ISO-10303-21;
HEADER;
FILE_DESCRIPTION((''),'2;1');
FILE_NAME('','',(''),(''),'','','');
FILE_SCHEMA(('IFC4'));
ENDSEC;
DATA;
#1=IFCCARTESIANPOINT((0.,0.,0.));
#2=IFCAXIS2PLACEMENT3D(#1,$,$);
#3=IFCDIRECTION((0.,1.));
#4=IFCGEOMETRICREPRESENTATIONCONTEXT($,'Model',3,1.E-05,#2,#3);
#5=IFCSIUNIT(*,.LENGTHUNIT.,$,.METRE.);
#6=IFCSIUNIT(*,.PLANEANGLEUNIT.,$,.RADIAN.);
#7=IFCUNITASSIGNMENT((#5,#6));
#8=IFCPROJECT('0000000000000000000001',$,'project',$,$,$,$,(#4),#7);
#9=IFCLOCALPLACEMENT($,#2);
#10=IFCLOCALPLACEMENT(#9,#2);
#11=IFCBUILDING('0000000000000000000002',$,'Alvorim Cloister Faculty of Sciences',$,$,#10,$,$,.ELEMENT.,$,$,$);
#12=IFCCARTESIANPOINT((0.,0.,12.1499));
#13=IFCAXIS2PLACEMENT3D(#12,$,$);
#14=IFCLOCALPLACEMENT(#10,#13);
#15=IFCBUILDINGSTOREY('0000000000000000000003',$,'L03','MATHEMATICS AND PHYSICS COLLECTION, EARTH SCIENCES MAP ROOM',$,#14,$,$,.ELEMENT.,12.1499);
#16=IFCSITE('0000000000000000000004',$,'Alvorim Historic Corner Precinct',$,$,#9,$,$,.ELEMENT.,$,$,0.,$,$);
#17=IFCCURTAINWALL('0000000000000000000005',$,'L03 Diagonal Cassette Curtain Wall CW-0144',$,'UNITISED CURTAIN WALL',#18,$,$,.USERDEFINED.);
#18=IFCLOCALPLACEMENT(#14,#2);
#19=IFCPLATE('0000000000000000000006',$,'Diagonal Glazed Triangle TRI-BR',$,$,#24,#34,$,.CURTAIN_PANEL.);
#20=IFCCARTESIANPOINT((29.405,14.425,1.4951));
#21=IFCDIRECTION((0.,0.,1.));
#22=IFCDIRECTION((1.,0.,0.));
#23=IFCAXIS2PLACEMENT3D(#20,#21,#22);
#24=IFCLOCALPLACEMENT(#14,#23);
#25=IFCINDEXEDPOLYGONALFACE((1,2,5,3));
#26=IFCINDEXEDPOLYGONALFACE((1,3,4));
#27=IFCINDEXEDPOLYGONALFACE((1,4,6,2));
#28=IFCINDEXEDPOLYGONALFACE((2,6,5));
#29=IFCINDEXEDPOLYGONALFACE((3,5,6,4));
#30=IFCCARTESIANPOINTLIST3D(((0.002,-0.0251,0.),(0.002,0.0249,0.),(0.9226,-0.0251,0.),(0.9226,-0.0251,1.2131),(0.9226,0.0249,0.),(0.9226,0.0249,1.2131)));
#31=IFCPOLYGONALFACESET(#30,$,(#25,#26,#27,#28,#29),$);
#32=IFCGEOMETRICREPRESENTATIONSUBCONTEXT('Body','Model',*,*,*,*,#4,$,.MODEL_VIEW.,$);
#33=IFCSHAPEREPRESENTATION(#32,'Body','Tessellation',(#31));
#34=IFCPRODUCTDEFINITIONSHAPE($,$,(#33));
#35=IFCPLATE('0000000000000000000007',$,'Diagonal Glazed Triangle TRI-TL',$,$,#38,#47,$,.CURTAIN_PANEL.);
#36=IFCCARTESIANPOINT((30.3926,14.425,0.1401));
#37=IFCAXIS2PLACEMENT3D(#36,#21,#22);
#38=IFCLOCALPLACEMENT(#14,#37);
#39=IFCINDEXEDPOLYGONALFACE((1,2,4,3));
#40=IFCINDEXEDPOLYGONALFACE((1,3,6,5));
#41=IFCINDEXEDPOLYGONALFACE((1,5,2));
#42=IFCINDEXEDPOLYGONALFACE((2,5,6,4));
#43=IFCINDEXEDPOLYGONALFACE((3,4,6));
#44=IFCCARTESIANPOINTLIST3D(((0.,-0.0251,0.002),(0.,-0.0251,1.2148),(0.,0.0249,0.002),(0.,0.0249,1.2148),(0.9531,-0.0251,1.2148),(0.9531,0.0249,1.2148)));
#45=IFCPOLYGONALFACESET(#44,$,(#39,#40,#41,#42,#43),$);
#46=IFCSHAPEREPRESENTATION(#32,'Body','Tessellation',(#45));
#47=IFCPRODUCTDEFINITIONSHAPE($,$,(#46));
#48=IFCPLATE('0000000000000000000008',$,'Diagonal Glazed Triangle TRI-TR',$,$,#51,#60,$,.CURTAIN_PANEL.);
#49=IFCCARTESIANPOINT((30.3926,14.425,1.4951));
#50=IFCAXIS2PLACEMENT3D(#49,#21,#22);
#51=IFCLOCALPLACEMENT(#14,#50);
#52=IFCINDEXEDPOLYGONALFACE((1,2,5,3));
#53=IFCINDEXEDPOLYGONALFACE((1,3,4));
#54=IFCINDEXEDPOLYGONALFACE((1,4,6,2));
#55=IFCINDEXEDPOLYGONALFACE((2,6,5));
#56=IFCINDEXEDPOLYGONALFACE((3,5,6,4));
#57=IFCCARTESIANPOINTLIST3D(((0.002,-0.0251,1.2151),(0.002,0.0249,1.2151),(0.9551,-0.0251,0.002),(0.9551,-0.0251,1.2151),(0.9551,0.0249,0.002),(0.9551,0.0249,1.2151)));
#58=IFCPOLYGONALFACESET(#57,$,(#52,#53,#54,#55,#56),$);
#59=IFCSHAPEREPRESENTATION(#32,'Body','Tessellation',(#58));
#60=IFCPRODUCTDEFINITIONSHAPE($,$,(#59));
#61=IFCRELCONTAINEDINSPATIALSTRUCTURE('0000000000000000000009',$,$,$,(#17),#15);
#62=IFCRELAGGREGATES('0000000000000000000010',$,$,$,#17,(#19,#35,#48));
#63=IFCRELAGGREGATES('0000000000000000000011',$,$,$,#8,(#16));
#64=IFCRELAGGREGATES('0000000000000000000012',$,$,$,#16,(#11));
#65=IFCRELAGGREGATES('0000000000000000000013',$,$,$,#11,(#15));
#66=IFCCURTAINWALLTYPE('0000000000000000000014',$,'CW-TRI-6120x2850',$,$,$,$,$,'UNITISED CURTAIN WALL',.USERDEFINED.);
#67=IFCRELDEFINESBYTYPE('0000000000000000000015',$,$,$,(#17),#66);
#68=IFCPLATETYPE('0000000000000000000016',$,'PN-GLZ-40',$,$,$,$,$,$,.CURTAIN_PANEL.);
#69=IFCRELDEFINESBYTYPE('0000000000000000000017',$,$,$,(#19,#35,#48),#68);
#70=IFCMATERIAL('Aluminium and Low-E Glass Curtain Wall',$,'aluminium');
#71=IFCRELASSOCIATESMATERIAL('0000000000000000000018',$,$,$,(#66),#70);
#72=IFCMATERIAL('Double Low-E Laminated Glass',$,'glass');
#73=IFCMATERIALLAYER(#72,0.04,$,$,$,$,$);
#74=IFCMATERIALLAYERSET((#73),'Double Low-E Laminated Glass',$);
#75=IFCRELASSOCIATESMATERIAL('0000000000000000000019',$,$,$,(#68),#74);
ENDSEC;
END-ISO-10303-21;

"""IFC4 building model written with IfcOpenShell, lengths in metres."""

from ifc_helpers import new_model, si_unit, direction, frame, origin, place, context, subcontext, project, spatial, polyline, outline, extrude, material, layer, layer_set, type_object, element, aggregate, save


model = new_model("IFC4")

# Units and contexts
model_context = context("Model", 3, precision=1e-05, world=origin(), true_north=direction((0.0, 1.0)))
body_context = subcontext(model_context, "Body", "Model", "MODEL_VIEW")
ifc_project = project(units=[si_unit("LENGTHUNIT", "METRE"), si_unit("PLANEANGLEUNIT", "RADIAN")], contexts=[model_context])

# Site, building, storey
site_placement = place(None, origin())
site = spatial("IfcSite", under=ifc_project, at=site_placement, Name="Alvorim Historic Corner Precinct", CompositionType="ELEMENT", RefElevation=0.0)
building_placement = place(site_placement, origin())
building = spatial("IfcBuilding", under=site, at=building_placement, Name="Alvorim Cloister Faculty of Sciences", CompositionType="ELEMENT")
storey_placement = place(building_placement, frame((0.0, 0.0, 12.1499)))
storey = spatial("IfcBuildingStorey", under=building, at=storey_placement, Name="L03", Description="MATHEMATICS AND PHYSICS COLLECTION, EARTH SCIENCES MAP ROOM", CompositionType="ELEMENT", Elevation=12.1499)

# Curtain wall, plates
ifc_material_1 = material(Name="Aluminium and Low-E Glass Curtain Wall", Category="aluminium")
curtain_wall_type = type_object("IfcCurtainWallType", Name="CW-TRI-6120x2850", ElementType="UNITISED CURTAIN WALL", PredefinedType="USERDEFINED", material=ifc_material_1)
curtain_wall_placement = place(storey_placement, origin())
curtain_wall = element("IfcCurtainWall", 1, at=curtain_wall_placement, inside=storey, type_object=curtain_wall_type, Name="L03 Diagonal Cassette Curtain Wall CW-0144", ObjectType="UNITISED CURTAIN WALL", PredefinedType="USERDEFINED")
ifc_material_2 = material(Name="Double Low-E Laminated Glass", Category="glass")
ifc_layer_1 = layer(ifc_material_2, 0.04)
ifc_layer_set_1 = layer_set([ifc_layer_1], Name="Double Low-E Laminated Glass")
plate_type = type_object("IfcPlateType", Name="PN-GLZ-40", PredefinedType="CURTAIN_PANEL", material=ifc_layer_set_1)
plate_1_placement = place(storey_placement, frame((29.405, 14.425, 1.4951), z_axis=(0.0, 0.0, 1.0), x_axis=(1.0, 0.0, 0.0)))
plate_1 = element("IfcPlate", 2, at=plate_1_placement, type_object=plate_type, Name="Diagonal Glazed Triangle TRI-BR", PredefinedType="CURTAIN_PANEL", context=body_context, shape_type="SweptSolid", body=[
    extrude(outline(polyline([(0.002, 0.0), (0.9226, 0.0), (0.9226, 1.2131), (0.002, 0.0)])), frame((0.0, 0.0249, 0.0), z_axis=(0.0, -1.0, 0.0), x_axis=(1.0, 0.0, 0.0)), (0.0, 0.0, 1.0), 0.05),
])
plate_2_placement = place(storey_placement, frame((30.3926, 14.425, 0.1401), z_axis=(0.0, 0.0, 1.0), x_axis=(1.0, 0.0, 0.0)))
plate_2 = element("IfcPlate", 3, at=plate_2_placement, type_object=plate_type, Name="Diagonal Glazed Triangle TRI-TL", PredefinedType="CURTAIN_PANEL", context=body_context, shape_type="SweptSolid", body=[
    extrude(outline(polyline([(0.9531, 1.2148), (0.0, 1.2148), (0.0, 0.002), (0.9531, 1.2148)])), frame((0.0, 0.0249, 0.0), z_axis=(0.0, -1.0, 0.0), x_axis=(1.0, 0.0, 0.0)), (0.0, 0.0, 1.0), 0.05),
])
plate_3_placement = place(storey_placement, frame((30.3926, 14.425, 1.4951), z_axis=(0.0, 0.0, 1.0), x_axis=(1.0, 0.0, 0.0)))
plate_3 = element("IfcPlate", 4, at=plate_3_placement, type_object=plate_type, Name="Diagonal Glazed Triangle TRI-TR", PredefinedType="CURTAIN_PANEL", context=body_context, shape_type="SweptSolid", body=[
    extrude(outline(polyline([(0.9551, 0.002), (0.9551, 1.2151), (0.002, 1.2151), (0.9551, 0.002)])), frame((0.0, 0.0249, 0.0), z_axis=(0.0, -1.0, 0.0), x_axis=(1.0, 0.0, 0.0)), (0.0, 0.0, 1.0), 0.05),
])
aggregate(curtain_wall, [plate_1, plate_2, plate_3])

save(model, "model.ifc")
